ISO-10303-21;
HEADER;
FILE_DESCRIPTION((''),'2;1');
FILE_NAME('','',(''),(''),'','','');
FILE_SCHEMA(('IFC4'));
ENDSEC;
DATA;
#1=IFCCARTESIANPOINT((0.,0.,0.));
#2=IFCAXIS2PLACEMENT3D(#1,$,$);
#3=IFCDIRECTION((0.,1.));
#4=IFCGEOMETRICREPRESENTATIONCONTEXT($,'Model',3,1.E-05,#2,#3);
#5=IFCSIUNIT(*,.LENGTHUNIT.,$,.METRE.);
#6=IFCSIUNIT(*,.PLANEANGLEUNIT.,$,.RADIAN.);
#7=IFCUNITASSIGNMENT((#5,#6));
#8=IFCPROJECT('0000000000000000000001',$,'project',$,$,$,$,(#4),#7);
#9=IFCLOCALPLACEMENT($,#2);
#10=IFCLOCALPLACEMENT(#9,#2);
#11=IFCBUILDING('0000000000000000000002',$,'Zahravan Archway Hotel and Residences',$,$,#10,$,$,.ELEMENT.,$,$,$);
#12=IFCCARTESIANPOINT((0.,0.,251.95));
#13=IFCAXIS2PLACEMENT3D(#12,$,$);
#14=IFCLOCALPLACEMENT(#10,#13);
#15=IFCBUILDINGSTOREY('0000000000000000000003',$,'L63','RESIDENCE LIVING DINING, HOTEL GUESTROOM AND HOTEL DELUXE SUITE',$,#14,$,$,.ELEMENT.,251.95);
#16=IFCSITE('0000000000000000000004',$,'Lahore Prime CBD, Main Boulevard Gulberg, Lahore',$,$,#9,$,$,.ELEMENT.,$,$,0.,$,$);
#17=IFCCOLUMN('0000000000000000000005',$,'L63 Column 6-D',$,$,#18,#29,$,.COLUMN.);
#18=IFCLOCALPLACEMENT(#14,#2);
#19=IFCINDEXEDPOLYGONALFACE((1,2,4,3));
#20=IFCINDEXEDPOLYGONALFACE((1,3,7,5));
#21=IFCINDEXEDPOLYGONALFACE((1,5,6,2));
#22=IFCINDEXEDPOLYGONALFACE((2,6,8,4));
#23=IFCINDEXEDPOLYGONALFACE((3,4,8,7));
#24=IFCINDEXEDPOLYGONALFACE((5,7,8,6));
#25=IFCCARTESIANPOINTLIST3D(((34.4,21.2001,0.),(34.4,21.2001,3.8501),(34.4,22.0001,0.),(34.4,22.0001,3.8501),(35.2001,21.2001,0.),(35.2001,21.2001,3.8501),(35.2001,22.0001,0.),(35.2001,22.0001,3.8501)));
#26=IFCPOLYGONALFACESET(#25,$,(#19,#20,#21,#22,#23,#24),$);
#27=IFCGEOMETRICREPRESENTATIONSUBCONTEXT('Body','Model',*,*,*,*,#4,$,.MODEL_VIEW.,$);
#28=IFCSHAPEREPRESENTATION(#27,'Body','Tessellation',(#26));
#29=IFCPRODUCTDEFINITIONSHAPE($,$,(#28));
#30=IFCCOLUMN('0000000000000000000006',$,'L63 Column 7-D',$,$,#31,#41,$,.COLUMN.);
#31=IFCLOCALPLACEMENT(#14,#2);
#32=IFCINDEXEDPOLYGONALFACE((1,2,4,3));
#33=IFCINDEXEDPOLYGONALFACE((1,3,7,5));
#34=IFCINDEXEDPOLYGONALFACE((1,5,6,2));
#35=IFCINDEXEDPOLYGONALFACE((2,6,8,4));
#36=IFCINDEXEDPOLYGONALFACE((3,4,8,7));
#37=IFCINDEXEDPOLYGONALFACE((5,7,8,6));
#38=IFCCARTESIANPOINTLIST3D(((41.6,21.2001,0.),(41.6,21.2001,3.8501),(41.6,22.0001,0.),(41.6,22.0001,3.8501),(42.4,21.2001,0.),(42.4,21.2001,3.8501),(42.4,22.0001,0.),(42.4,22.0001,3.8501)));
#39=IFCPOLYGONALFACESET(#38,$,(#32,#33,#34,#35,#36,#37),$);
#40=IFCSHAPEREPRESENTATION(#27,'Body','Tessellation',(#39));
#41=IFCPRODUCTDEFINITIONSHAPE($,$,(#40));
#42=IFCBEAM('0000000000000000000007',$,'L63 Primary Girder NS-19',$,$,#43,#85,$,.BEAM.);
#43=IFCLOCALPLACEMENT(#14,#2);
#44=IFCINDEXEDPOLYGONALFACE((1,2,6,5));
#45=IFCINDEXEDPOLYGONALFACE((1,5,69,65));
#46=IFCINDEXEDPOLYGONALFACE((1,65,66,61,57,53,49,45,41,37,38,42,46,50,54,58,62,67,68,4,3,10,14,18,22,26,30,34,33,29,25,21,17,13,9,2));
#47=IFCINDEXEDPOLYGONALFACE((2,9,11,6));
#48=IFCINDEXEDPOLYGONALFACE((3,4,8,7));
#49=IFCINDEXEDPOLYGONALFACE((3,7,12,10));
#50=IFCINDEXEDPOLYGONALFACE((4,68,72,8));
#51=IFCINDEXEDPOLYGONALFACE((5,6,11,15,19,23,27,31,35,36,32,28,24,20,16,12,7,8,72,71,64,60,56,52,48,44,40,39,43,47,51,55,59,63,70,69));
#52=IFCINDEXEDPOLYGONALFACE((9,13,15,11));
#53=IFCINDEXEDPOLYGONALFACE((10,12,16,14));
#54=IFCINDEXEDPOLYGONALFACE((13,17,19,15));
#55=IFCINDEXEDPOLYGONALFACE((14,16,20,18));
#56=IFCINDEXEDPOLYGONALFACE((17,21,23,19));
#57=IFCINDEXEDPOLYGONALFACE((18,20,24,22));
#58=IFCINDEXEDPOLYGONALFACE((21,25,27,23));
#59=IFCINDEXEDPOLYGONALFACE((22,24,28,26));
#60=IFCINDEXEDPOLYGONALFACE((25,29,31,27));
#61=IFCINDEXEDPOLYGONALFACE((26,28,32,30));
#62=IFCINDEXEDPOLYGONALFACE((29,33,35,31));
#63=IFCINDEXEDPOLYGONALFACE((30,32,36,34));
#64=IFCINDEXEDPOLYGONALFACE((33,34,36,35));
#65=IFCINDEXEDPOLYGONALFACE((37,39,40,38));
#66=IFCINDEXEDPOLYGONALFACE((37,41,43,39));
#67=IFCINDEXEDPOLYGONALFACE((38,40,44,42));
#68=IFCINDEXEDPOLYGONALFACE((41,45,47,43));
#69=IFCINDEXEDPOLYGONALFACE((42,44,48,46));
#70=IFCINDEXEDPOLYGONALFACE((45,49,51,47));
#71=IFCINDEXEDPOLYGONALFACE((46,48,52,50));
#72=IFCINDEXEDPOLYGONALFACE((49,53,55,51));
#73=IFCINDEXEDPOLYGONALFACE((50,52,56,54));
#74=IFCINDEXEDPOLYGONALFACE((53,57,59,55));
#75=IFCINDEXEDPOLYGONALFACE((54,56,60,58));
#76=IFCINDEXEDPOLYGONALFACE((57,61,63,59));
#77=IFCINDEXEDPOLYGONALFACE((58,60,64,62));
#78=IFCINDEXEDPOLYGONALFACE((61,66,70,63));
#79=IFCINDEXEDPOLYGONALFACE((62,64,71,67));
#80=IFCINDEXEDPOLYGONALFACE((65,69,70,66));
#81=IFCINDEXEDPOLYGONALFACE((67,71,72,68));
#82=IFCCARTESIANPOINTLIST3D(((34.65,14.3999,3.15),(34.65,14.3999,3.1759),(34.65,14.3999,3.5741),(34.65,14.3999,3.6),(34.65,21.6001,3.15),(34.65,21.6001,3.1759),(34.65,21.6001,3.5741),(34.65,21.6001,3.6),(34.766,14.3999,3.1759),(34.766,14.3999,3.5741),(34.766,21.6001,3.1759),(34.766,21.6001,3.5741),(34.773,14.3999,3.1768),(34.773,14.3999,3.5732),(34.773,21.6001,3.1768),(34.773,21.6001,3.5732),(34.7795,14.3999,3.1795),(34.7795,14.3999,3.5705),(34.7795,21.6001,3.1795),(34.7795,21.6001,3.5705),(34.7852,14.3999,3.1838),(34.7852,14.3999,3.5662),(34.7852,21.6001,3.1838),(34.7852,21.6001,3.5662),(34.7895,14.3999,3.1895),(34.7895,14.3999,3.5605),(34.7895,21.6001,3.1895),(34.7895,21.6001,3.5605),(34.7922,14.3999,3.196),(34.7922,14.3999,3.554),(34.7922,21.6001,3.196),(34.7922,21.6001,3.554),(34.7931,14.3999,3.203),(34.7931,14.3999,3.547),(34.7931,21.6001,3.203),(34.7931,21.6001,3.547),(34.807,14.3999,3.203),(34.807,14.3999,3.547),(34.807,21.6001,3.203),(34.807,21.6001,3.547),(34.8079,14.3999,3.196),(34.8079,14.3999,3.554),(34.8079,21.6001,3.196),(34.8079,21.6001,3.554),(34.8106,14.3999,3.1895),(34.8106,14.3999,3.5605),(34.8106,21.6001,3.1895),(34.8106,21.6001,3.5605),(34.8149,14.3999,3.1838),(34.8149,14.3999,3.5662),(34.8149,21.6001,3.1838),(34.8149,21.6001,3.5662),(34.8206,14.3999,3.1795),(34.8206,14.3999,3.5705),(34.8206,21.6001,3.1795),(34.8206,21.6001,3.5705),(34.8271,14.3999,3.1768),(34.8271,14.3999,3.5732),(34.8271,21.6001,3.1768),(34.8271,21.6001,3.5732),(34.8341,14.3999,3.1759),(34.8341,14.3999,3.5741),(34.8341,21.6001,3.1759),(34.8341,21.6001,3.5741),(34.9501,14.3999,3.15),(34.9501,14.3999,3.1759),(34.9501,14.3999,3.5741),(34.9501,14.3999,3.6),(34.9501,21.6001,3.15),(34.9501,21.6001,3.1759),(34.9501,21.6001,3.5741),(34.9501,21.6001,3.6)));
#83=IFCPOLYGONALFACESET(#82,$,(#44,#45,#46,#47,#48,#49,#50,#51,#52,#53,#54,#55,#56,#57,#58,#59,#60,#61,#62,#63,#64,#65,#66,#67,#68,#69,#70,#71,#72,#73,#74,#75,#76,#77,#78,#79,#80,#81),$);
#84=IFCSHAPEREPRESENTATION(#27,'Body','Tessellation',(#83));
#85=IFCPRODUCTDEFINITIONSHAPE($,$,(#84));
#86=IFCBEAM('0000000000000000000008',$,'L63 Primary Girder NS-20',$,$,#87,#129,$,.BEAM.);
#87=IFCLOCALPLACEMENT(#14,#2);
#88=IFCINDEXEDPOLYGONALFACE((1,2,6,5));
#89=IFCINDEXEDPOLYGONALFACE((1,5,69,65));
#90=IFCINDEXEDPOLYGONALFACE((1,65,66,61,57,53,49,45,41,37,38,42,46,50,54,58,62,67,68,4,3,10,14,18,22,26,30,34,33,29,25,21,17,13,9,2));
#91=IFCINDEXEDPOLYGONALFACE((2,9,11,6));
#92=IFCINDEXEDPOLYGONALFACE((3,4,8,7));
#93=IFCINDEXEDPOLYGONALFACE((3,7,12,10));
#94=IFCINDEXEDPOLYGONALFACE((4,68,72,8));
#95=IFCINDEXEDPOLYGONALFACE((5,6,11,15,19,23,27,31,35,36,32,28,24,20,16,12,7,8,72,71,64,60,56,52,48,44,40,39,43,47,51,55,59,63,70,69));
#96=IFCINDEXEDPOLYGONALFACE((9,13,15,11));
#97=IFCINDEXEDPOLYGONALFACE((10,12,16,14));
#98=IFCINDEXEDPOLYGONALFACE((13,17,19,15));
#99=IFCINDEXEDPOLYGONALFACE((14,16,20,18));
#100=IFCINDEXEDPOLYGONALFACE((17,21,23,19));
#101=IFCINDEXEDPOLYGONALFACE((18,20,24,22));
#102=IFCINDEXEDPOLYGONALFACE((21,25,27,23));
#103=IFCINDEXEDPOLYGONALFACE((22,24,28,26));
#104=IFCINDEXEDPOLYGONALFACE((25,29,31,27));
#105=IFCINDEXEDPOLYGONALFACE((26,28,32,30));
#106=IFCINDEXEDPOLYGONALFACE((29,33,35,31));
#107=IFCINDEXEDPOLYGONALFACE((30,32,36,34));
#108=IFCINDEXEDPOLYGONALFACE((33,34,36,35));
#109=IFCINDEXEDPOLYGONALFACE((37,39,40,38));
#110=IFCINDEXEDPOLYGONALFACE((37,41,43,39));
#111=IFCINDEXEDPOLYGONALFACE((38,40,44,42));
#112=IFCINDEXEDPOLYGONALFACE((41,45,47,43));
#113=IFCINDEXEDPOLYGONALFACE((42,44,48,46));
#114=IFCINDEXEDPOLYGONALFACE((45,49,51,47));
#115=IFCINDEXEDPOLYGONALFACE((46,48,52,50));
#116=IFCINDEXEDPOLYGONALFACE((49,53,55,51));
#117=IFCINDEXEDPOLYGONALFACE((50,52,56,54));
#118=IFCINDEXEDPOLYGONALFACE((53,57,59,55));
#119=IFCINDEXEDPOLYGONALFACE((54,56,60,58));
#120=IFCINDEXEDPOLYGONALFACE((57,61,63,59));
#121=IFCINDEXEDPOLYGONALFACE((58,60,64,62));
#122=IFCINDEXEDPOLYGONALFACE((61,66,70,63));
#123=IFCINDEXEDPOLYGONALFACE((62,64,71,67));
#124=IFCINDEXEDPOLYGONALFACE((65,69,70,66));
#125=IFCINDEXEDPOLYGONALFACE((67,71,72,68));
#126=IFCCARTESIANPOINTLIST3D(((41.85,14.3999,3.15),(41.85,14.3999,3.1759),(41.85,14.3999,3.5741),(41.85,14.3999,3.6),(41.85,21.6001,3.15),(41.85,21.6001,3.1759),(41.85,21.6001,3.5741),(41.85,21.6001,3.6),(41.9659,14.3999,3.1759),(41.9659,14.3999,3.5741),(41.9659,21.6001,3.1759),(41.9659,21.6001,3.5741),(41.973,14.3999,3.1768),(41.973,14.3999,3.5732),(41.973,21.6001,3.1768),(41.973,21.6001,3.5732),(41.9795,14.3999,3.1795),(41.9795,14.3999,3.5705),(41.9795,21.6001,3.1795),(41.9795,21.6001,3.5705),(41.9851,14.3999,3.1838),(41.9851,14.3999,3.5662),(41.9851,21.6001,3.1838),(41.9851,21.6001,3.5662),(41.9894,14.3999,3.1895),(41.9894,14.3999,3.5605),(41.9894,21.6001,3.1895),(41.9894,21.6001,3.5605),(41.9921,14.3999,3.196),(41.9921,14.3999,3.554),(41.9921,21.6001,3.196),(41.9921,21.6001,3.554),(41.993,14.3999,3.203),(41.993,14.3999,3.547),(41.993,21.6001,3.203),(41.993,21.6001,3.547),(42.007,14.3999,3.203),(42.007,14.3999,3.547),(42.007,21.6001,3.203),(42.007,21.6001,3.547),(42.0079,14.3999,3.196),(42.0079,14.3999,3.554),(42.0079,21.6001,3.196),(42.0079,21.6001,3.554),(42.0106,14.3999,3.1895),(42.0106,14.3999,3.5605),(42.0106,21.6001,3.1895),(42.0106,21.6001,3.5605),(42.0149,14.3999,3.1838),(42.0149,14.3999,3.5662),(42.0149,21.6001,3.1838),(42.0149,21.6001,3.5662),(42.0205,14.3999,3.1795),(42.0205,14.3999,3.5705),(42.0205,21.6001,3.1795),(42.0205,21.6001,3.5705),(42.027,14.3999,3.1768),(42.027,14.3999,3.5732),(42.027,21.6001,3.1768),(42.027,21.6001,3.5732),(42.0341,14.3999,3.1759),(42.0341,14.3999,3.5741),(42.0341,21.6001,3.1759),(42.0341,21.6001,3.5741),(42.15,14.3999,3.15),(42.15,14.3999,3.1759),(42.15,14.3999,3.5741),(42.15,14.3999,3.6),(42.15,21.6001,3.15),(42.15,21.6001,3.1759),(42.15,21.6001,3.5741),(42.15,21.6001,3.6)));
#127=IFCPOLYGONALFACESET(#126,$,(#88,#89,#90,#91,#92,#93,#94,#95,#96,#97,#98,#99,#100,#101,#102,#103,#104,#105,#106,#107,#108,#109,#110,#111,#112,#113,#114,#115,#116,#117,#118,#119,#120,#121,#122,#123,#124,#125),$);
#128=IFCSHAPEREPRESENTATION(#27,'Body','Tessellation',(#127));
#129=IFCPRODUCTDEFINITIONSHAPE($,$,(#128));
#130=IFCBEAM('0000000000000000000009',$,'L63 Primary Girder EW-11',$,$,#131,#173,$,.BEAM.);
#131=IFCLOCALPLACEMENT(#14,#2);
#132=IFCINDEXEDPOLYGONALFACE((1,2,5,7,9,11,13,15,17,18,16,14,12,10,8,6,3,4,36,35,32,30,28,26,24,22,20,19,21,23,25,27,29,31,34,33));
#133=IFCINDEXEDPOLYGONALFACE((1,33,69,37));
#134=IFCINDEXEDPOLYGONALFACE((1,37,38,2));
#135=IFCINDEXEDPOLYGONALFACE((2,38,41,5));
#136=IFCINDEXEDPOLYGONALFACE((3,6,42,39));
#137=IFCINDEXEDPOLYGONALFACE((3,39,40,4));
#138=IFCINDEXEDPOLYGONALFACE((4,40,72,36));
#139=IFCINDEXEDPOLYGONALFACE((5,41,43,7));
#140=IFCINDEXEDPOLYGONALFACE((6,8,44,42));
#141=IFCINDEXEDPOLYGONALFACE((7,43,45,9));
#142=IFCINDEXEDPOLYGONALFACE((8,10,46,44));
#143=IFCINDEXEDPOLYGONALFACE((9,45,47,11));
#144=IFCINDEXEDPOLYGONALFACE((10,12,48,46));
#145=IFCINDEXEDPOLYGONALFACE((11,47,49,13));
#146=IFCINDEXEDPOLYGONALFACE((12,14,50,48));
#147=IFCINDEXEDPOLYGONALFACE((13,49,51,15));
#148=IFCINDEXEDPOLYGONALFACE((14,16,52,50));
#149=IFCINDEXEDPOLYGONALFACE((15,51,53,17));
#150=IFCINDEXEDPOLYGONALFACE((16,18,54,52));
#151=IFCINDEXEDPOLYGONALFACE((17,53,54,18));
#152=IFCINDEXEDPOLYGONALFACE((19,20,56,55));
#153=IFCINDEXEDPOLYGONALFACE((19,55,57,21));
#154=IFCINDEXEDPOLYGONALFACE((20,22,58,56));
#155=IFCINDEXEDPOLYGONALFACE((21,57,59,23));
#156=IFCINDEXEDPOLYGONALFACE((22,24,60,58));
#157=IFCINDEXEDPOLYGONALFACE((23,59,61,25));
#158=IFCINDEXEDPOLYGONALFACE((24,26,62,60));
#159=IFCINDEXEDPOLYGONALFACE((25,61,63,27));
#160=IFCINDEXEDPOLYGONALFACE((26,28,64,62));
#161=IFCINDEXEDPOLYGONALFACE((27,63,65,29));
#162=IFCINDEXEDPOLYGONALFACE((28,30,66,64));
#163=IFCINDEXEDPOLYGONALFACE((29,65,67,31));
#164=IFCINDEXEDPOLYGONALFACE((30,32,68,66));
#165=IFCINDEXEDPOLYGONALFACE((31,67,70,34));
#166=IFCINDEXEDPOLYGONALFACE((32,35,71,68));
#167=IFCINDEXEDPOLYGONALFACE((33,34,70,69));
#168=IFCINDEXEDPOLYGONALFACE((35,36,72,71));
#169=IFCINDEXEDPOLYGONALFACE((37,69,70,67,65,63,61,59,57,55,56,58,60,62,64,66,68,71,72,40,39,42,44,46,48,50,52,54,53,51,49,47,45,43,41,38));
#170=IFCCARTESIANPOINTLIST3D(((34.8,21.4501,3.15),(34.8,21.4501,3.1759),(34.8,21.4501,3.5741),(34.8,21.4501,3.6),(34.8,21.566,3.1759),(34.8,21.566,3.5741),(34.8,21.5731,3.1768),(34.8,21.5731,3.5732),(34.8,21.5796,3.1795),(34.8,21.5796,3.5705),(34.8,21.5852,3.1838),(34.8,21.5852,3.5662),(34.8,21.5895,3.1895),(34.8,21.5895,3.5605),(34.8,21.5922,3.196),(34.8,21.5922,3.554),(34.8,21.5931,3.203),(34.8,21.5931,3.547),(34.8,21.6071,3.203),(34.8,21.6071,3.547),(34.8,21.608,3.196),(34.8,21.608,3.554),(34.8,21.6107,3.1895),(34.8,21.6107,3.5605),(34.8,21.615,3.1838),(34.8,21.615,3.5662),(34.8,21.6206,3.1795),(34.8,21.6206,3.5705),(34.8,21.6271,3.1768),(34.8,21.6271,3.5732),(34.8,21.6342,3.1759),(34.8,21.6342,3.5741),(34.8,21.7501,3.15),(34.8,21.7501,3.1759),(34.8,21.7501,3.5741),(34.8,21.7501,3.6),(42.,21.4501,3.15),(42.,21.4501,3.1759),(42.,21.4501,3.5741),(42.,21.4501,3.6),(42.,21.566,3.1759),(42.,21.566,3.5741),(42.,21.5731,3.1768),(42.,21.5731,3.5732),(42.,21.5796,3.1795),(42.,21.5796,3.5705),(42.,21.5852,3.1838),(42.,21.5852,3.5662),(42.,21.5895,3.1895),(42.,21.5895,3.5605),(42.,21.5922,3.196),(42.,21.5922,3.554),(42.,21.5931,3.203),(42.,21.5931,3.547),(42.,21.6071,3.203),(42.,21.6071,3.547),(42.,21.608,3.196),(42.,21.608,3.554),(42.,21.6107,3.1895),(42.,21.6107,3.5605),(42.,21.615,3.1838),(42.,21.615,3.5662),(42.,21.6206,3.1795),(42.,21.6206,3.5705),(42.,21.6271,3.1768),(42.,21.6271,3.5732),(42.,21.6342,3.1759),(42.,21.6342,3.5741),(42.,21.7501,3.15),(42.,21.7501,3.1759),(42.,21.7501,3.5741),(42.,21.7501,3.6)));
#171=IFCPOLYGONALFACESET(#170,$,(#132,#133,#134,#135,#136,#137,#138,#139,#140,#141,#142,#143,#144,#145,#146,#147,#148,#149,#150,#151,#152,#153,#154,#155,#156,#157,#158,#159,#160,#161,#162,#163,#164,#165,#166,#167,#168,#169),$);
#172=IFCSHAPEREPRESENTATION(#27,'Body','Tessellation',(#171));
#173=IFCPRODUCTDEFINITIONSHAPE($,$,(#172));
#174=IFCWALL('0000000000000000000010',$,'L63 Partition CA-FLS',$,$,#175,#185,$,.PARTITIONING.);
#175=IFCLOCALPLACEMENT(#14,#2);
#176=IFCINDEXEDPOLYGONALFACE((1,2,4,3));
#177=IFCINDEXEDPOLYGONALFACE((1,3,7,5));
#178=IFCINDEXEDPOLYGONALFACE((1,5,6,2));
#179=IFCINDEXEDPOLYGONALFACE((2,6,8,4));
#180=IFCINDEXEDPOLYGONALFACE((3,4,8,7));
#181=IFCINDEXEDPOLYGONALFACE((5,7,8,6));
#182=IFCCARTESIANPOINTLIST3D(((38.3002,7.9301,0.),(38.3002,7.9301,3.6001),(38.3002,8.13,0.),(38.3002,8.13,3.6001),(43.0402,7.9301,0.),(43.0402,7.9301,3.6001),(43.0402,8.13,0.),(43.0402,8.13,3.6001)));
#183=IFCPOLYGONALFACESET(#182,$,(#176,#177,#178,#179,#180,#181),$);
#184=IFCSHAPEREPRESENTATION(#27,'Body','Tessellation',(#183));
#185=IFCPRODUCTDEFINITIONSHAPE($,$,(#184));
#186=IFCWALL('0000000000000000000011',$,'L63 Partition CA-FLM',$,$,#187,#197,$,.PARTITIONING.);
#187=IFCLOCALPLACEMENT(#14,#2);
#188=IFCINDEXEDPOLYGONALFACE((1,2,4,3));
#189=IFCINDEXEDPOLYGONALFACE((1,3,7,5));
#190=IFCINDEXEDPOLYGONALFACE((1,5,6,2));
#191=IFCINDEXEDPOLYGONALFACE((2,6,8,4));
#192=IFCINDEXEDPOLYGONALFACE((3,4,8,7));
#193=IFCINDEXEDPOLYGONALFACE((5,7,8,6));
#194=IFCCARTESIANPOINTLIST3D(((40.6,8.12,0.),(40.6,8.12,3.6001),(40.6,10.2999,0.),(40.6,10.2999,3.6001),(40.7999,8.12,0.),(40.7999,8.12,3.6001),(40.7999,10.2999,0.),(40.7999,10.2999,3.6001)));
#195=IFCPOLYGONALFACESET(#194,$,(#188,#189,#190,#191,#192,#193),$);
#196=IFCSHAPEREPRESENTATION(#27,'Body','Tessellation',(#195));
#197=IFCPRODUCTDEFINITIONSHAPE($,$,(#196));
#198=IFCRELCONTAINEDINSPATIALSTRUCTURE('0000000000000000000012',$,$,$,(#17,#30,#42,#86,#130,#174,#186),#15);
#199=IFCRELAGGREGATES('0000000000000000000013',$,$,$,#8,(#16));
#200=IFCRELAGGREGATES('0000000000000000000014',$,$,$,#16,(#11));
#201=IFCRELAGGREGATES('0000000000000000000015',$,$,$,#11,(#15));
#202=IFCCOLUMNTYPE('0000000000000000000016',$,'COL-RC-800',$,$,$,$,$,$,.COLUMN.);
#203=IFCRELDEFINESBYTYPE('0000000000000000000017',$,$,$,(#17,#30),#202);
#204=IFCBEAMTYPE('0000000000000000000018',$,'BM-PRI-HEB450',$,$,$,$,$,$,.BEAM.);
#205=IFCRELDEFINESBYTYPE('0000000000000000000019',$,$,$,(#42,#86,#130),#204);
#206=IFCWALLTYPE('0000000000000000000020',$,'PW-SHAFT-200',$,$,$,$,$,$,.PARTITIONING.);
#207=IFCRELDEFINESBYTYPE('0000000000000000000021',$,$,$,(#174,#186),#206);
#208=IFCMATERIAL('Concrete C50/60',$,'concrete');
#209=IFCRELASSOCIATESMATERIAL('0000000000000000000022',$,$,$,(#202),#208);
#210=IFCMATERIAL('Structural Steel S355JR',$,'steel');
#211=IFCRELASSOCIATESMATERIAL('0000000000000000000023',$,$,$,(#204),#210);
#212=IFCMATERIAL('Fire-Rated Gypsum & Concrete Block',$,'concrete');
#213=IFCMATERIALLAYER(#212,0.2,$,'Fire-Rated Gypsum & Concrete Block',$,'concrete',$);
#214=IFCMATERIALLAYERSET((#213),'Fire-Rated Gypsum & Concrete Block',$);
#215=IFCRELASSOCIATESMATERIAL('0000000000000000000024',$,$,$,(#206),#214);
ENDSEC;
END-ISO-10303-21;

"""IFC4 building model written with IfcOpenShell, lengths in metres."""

from ifc_helpers import new_model, si_unit, direction, frame, frame_2d, origin, origin_2d, place, context, subcontext, project, spatial, rectangle, i_section, extrude, source, transform, mapped, material, layer, layer_set, material_profile, profile_set, type_object, type_shapes, element, save


model = new_model("IFC4")

# Units and contexts
model_context = context("Model", 3, precision=1e-05, world=origin(), true_north=direction((0.0, 1.0)))
body_context = subcontext(model_context, "Body", "Model", "MODEL_VIEW")
ifc_project = project(units=[si_unit("LENGTHUNIT", "METRE"), si_unit("PLANEANGLEUNIT", "RADIAN")], contexts=[model_context])

# Site, building, storey
site_placement = place(None, origin())
site = spatial("IfcSite", under=ifc_project, at=site_placement, Name="Lahore Prime CBD, Main Boulevard Gulberg, Lahore", CompositionType="ELEMENT", RefElevation=0.0)
building_placement = place(site_placement, origin())
building = spatial("IfcBuilding", under=site, at=building_placement, Name="Zahravan Archway Hotel and Residences", CompositionType="ELEMENT")
storey_placement = place(building_placement, frame((0.0, 0.0, 251.95)))
storey = spatial("IfcBuildingStorey", under=building, at=storey_placement, Name="L63", Description="RESIDENCE LIVING DINING, HOTEL GUESTROOM AND HOTEL DELUXE SUITE", CompositionType="ELEMENT", Elevation=251.95)

# Columns
ifc_material_1 = material(Name="Concrete C50/60", Category="concrete")
ifc_material_profile_1 = material_profile(ifc_material_1, rectangle(XDim=0.8, YDim=0.8, at=origin_2d()), Name="RC-COL-800x800", Category="concrete")
ifc_profile_set_1 = profile_set([ifc_material_profile_1], Name="Concrete C50/60")
column_type = type_object("IfcColumnType", Name="COL-RC-800", PredefinedType="COLUMN", material=ifc_profile_set_1)
shared_shape_1 = source(origin(), body_context, "Body", "SweptSolid", [
    extrude(rectangle(XDim=0.8, YDim=0.8, at=origin_2d()), origin(), (0.0, 0.0, 1.0), 3.8501),
])
for number, where, z_axis, x_axis, name in (
    (1, (34.8, 21.6001, 0.0), (0.0, 0.0, 1.0), (1.0, 0.0, 0.0), "L63 Column 6-D"),
    (2, (42.0, 21.6001, 0.0), (0.0, 0.0, 1.0), (1.0, 0.0, 0.0), "L63 Column 7-D"),
):
    element("IfcColumn", number, at=place(storey_placement, frame(where, z_axis=z_axis, x_axis=x_axis)), inside=storey, type_object=column_type, Name=name, PredefinedType="COLUMN", context=body_context, shape_type="MappedRepresentation", body=[
        mapped(shared_shape_1, transform((0.0, 0.0, 0.0), scale=1.0)),
    ])

# Beams
ifc_material_2 = material(Name="Structural Steel S355JR", Category="steel")
ifc_material_profile_2 = material_profile(ifc_material_2, i_section(OverallWidth=0.3, OverallDepth=0.45, WebThickness=0.0139, FlangeThickness=0.0259, FilletRadius=0.0271, at=origin_2d()), Name="HEB 450", Category="steel")
ifc_profile_set_2 = profile_set([ifc_material_profile_2], Name="Structural Steel S355JR")
beam_type = type_object("IfcBeamType", Name="BM-PRI-HEB450", PredefinedType="BEAM", material=ifc_profile_set_2)
shared_shape_2 = source(origin(), body_context, "Body", "SweptSolid", [
    extrude(i_section(OverallWidth=0.3, OverallDepth=0.45, WebThickness=0.0139, FlangeThickness=0.0259, FilletRadius=0.0271, at=origin_2d()), origin(), (0.0, 0.0, 1.0), 7.2002),
])
type_shapes(beam_type, [shared_shape_2])
for number, where, z_axis, x_axis, name in (
    (3, (34.8, 14.3999, 3.375), (0.0, 1.0, 0.0), (-1.0, 0.0, 0.0), "L63 Primary Girder NS-19"),
    (4, (42.0, 14.3999, 3.375), (0.0, 1.0, 0.0), (-1.0, 0.0, 0.0), "L63 Primary Girder NS-20"),
):
    element("IfcBeam", number, at=place(storey_placement, frame(where, z_axis=z_axis, x_axis=x_axis)), inside=storey, type_object=beam_type, Name=name, PredefinedType="BEAM", context=body_context, shape_type="MappedRepresentation", body=[
        mapped(shared_shape_2, transform((0.0, 0.0, 0.0), scale=1.0)),
    ])
shared_shape_3 = source(origin(), body_context, "Body", "SweptSolid", [
    extrude(i_section(OverallWidth=0.3, OverallDepth=0.45, WebThickness=0.0139, FlangeThickness=0.0259, FilletRadius=0.0271, at=origin_2d()), origin(), (0.0, 0.0, 1.0), 7.2),
])
beam_placement = place(storey_placement, frame((34.8, 21.6001, 3.375), z_axis=(1.0, 0.0, 0.0), x_axis=(0.0, 1.0, 0.0)))
element("IfcBeam", 5, at=beam_placement, inside=storey, type_object=beam_type, Name="L63 Primary Girder EW-11", PredefinedType="BEAM", context=body_context, shape_type="MappedRepresentation", body=[
    mapped(shared_shape_3, transform((0.0, 0.0, 0.0), scale=1.0)),
])

# Shared definitions
ifc_material_3 = material(Name="Fire-Rated Gypsum & Concrete Block", Category="concrete")

# Walls
ifc_layer_1 = layer(ifc_material_3, 0.2, Name="Fire-Rated Gypsum & Concrete Block", Category="concrete")
ifc_layer_set_1 = layer_set([ifc_layer_1], Name="Fire-Rated Gypsum & Concrete Block")
wall_type_1 = type_object("IfcWallType", Name="PW-SHAFT-200", PredefinedType="PARTITIONING", material=ifc_layer_set_1)
wall_1_placement = place(storey_placement, frame((38.3, 8.03, 0.0), z_axis=(0.0, 0.0, 1.0), x_axis=(1.0, 0.0, 0.0)))
element("IfcWall", 6, at=wall_1_placement, inside=storey, type_object=wall_type_1, Name="L63 Partition CA-FLS", PredefinedType="PARTITIONING", context=body_context, shape_type="SweptSolid", body=[
    extrude(rectangle(XDim=4.74, YDim=0.2, at=frame_2d((2.3701, 0.0))), origin(), (0.0, 0.0, 1.0), 3.6001),
])
wall_2_placement = place(storey_placement, frame((40.7, 8.1201, 0.0), z_axis=(0.0, 0.0, 1.0), x_axis=(0.0, 1.0, 0.0)))
element("IfcWall", 7, at=wall_2_placement, inside=storey, type_object=wall_type_1, Name="L63 Partition CA-FLM", PredefinedType="PARTITIONING", context=body_context, shape_type="SweptSolid", body=[
    extrude(rectangle(XDim=2.1799, YDim=0.2, at=frame_2d((1.0898, 0.0))), origin(), (0.0, 0.0, 1.0), 3.6001),
])

save(model, "model.ifc")
